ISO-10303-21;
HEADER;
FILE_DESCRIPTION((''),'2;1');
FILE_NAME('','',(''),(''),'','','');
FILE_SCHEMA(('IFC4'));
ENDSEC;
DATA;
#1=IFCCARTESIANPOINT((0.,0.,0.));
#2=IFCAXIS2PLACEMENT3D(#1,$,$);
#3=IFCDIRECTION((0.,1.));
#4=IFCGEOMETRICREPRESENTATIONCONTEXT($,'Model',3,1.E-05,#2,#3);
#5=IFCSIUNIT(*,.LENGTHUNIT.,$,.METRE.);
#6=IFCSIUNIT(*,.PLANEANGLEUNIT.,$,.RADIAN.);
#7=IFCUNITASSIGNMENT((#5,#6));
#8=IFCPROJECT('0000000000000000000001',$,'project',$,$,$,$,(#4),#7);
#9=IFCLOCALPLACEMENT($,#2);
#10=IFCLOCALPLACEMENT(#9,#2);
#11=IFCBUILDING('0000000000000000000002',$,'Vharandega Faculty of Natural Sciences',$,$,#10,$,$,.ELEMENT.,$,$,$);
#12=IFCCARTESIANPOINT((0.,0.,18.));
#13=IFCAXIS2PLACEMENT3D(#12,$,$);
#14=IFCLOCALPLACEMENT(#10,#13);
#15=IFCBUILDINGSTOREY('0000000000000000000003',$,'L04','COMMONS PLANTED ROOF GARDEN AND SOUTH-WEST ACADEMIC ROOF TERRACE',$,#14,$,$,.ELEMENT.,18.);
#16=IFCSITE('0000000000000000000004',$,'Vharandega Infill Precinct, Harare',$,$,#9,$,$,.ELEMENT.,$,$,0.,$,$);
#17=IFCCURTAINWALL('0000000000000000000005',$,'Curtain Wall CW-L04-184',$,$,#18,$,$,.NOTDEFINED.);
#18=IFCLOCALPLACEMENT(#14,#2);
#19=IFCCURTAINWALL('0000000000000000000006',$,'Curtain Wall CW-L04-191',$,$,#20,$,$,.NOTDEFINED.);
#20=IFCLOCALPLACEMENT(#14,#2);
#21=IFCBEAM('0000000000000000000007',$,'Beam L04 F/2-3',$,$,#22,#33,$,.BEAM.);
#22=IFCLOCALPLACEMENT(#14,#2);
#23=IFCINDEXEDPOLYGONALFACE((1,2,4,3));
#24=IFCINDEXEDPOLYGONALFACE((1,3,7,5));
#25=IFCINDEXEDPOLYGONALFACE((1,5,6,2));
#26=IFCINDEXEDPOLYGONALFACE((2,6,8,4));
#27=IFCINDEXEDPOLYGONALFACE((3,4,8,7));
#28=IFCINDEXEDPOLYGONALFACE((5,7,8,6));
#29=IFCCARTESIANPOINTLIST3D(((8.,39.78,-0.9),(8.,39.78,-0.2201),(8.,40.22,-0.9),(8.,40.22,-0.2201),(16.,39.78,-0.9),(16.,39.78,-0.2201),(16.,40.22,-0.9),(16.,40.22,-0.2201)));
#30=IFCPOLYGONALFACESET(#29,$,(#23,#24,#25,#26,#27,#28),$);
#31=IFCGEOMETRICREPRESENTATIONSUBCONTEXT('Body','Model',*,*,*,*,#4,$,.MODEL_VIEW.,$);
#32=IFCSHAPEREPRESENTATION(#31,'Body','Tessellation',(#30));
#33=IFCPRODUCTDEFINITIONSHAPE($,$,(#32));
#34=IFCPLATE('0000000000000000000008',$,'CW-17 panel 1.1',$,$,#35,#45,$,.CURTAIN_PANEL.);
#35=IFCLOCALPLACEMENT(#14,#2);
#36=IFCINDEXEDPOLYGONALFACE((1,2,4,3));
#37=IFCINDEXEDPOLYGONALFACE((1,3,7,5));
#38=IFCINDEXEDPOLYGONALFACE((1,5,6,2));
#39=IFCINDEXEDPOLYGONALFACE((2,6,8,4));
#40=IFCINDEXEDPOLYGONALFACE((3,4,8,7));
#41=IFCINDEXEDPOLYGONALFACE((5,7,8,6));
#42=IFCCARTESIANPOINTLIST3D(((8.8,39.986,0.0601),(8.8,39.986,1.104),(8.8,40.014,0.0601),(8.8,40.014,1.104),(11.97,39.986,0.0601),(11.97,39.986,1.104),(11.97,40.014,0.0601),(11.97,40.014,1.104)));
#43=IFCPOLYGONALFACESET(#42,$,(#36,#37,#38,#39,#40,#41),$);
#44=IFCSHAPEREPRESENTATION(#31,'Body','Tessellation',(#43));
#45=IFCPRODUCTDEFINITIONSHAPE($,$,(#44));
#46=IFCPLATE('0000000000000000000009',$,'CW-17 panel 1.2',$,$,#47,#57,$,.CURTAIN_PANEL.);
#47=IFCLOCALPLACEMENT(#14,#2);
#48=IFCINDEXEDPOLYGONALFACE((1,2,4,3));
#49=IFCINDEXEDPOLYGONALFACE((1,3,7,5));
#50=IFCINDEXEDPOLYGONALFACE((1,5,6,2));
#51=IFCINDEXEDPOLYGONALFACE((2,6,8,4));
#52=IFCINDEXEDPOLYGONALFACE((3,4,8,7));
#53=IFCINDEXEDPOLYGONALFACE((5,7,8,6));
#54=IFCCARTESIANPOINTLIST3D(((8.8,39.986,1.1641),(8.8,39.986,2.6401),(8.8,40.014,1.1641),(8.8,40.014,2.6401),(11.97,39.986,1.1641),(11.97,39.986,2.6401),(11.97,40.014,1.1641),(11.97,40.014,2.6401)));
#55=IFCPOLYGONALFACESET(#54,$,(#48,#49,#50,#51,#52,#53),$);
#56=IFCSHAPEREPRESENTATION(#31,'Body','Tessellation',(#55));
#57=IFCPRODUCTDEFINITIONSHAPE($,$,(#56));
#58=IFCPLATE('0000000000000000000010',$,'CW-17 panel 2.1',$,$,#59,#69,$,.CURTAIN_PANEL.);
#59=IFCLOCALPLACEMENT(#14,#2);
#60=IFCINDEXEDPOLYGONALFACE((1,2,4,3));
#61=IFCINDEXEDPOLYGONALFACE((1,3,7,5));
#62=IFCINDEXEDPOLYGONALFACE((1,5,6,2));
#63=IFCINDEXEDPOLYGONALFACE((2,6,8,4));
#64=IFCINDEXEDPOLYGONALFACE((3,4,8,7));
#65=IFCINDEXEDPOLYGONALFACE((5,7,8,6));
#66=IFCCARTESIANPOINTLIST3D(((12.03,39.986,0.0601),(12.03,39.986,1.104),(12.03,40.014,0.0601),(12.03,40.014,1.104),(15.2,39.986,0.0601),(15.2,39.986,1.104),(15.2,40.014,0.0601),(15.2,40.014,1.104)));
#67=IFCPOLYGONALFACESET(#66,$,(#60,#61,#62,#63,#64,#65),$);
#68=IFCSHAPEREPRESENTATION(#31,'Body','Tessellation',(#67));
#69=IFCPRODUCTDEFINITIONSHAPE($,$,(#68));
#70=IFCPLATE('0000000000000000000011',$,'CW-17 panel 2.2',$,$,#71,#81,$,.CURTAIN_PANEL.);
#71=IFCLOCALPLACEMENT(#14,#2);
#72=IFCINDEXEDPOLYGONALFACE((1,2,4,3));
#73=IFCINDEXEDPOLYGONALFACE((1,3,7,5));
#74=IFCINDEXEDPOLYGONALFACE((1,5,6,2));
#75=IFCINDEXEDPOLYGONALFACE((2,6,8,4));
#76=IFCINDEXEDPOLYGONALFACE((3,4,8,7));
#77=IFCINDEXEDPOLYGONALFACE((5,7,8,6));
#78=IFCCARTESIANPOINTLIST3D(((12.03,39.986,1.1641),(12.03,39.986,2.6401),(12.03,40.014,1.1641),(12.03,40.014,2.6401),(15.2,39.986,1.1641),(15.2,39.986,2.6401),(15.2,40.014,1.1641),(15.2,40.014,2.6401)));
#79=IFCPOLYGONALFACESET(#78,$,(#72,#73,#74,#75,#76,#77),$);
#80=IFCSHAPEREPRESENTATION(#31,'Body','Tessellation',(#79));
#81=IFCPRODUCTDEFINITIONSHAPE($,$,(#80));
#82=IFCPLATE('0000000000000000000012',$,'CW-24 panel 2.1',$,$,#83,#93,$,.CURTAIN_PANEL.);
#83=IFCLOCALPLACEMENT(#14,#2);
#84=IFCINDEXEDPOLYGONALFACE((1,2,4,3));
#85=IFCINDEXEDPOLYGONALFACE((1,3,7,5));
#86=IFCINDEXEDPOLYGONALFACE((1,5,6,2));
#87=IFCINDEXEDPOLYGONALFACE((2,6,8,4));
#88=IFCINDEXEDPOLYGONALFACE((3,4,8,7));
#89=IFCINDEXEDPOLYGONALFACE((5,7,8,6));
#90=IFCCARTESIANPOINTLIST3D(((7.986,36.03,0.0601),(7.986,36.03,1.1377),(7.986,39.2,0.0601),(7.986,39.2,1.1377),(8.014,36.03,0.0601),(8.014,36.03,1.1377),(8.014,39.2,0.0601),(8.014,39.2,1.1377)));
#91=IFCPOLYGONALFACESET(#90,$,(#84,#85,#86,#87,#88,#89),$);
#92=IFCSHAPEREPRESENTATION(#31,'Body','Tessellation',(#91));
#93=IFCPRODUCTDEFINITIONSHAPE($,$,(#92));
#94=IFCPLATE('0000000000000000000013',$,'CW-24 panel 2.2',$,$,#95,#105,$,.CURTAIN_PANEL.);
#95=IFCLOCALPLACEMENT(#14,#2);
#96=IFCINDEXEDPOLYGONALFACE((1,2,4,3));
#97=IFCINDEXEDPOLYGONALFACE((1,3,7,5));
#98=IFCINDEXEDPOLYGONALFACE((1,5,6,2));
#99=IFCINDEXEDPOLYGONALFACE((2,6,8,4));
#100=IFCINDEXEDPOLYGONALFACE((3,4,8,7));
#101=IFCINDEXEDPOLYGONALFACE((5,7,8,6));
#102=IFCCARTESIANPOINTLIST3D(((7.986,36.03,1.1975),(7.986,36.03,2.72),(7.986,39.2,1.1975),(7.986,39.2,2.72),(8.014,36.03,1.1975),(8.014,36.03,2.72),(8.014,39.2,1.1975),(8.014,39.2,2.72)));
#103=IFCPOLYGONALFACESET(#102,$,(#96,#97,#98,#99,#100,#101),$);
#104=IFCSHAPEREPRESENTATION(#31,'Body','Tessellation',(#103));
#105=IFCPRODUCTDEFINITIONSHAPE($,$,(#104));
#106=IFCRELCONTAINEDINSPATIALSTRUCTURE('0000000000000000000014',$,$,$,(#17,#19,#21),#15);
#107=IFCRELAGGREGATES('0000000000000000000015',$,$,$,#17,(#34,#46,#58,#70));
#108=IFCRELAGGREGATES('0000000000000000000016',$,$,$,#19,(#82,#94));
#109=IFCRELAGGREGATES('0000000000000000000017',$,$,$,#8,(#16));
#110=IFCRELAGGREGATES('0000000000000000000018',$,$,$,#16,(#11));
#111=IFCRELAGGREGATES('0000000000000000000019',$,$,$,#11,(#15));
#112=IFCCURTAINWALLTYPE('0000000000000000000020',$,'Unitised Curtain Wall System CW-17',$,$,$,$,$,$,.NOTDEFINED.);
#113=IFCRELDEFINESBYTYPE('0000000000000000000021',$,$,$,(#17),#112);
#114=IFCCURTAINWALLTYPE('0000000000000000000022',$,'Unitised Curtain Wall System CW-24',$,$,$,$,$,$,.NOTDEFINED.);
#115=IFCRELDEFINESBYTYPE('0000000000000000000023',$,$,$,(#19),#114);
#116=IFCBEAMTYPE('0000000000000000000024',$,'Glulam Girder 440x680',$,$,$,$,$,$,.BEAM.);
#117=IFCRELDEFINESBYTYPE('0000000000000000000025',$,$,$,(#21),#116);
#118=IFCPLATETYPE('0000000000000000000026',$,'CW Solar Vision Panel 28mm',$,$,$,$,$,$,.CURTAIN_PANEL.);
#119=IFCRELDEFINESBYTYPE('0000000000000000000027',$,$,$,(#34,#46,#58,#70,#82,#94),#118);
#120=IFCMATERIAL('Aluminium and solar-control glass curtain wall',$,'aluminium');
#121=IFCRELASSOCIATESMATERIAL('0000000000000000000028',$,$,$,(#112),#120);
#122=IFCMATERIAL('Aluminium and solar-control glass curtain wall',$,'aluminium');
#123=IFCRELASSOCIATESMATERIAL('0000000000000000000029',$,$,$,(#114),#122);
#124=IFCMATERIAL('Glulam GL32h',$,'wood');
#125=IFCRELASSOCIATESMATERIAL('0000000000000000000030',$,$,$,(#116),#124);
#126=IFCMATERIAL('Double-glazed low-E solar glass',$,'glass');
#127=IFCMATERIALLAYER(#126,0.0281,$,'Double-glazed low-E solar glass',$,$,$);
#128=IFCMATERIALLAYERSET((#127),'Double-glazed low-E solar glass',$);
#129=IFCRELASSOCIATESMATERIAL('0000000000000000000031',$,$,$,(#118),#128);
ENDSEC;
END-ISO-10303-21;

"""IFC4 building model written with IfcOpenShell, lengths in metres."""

from ifc_helpers import new_model, si_unit, direction, frame, origin, origin_2d, place, context, subcontext, project, spatial, rectangle, extrude, material, layer, layer_set, material_profile, profile_set, type_object, element, aggregate, save


model = new_model("IFC4")

# Units and contexts
model_context = context("Model", 3, precision=1e-05, world=origin(), true_north=direction((0.0, 1.0)))
body_context = subcontext(model_context, "Body", "Model", "MODEL_VIEW")
ifc_project = project(units=[si_unit("LENGTHUNIT", "METRE"), si_unit("PLANEANGLEUNIT", "RADIAN")], contexts=[model_context])

# Site, building, storey
site_placement = place(None, origin())
site = spatial("IfcSite", under=ifc_project, at=site_placement, Name="Vharandega Infill Precinct, Harare", CompositionType="ELEMENT", RefElevation=0.0)
building_placement = place(site_placement, origin())
building = spatial("IfcBuilding", under=site, at=building_placement, Name="Vharandega Faculty of Natural Sciences", CompositionType="ELEMENT")
storey_placement = place(building_placement, frame((0.0, 0.0, 18.0)))
storey = spatial("IfcBuildingStorey", under=building, at=storey_placement, Name="L04", Description="COMMONS PLANTED ROOF GARDEN AND SOUTH-WEST ACADEMIC ROOF TERRACE", CompositionType="ELEMENT", Elevation=18.0)

# Curtain wall
ifc_material_1 = material(Name="Aluminium and solar-control glass curtain wall", Category="aluminium")
curtain_wall_type_1 = type_object("IfcCurtainWallType", Name="Unitised Curtain Wall System CW-17", PredefinedType="NOTDEFINED", material=ifc_material_1)
curtain_wall_1_placement = place(storey_placement, origin())
curtain_wall_1 = element("IfcCurtainWall", 1, at=curtain_wall_1_placement, inside=storey, type_object=curtain_wall_type_1, Name="Curtain Wall CW-L04-184", PredefinedType="NOTDEFINED")

# Curtain wall
ifc_material_2 = material(Name="Aluminium and solar-control glass curtain wall", Category="aluminium")
curtain_wall_type_2 = type_object("IfcCurtainWallType", Name="Unitised Curtain Wall System CW-24", PredefinedType="NOTDEFINED", material=ifc_material_2)
curtain_wall_2_placement = place(storey_placement, origin())
curtain_wall_2 = element("IfcCurtainWall", 2, at=curtain_wall_2_placement, inside=storey, type_object=curtain_wall_type_2, Name="Curtain Wall CW-L04-191", PredefinedType="NOTDEFINED")

# Beam
ifc_material_3 = material(Name="Glulam GL32h", Category="wood")
ifc_material_profile_1 = material_profile(ifc_material_3, rectangle(XDim=0.4399, YDim=0.6799, at=origin_2d()), Name="GL32h 440x680")
ifc_profile_set_1 = profile_set([ifc_material_profile_1], Name="Glulam GL32h")
beam_type_1 = type_object("IfcBeamType", Name="Glulam Girder 440x680", PredefinedType="BEAM", material=ifc_profile_set_1)
beam_1_placement = place(storey_placement, frame((8.0, 40.0, -0.5601), z_axis=(1.0, 0.0, 0.0), x_axis=(0.0, 1.0, 0.0)))
element("IfcBeam", 3, at=beam_1_placement, inside=storey, type_object=beam_type_1, Name="Beam L04 F/2-3", PredefinedType="BEAM", context=body_context, shape_type="SweptSolid", body=[
    extrude(rectangle(XDim=0.4399, YDim=0.6799, at=origin_2d()), origin(), (0.0, 0.0, 1.0), 8.0),
])

# Plates
ifc_material_4 = material(Name="Double-glazed low-E solar glass", Category="glass")
ifc_layer = layer(ifc_material_4, 0.0281, Name="Double-glazed low-E solar glass")
ifc_layer_set = layer_set([ifc_layer], Name="Double-glazed low-E solar glass")
plate_type = type_object("IfcPlateType", Name="CW Solar Vision Panel 28mm", PredefinedType="CURTAIN_PANEL", material=ifc_layer_set)
plate_1_placement = place(storey_placement, frame((10.385, 40.0, 0.0601), z_axis=(0.0, 0.0, 1.0), x_axis=(1.0, 0.0, 0.0)))
plate_1 = element("IfcPlate", 4, at=plate_1_placement, type_object=plate_type, Name="CW-17 panel 1.1", PredefinedType="CURTAIN_PANEL", context=body_context, shape_type="SweptSolid", body=[
    extrude(rectangle(XDim=3.1699, YDim=0.0281, at=origin_2d()), origin(), (0.0, 0.0, 1.0), 1.0439),
])
plate_2_placement = place(storey_placement, frame((10.385, 40.0, 1.1641), z_axis=(0.0, 0.0, 1.0), x_axis=(1.0, 0.0, 0.0)))
plate_2 = element("IfcPlate", 5, at=plate_2_placement, type_object=plate_type, Name="CW-17 panel 1.2", PredefinedType="CURTAIN_PANEL", context=body_context, shape_type="SweptSolid", body=[
    extrude(rectangle(XDim=3.1699, YDim=0.0281, at=origin_2d()), origin(), (0.0, 0.0, 1.0), 1.4761),
])
plate_3_placement = place(storey_placement, frame((13.615, 40.0, 0.0601), z_axis=(0.0, 0.0, 1.0), x_axis=(1.0, 0.0, 0.0)))
plate_3 = element("IfcPlate", 6, at=plate_3_placement, type_object=plate_type, Name="CW-17 panel 2.1", PredefinedType="CURTAIN_PANEL", context=body_context, shape_type="SweptSolid", body=[
    extrude(rectangle(XDim=3.1699, YDim=0.0281, at=origin_2d()), origin(), (0.0, 0.0, 1.0), 1.0439),
])
plate_4_placement = place(storey_placement, frame((13.615, 40.0, 1.1641), z_axis=(0.0, 0.0, 1.0), x_axis=(1.0, 0.0, 0.0)))
plate_4 = element("IfcPlate", 7, at=plate_4_placement, type_object=plate_type, Name="CW-17 panel 2.2", PredefinedType="CURTAIN_PANEL", context=body_context, shape_type="SweptSolid", body=[
    extrude(rectangle(XDim=3.1699, YDim=0.0281, at=origin_2d()), origin(), (0.0, 0.0, 1.0), 1.4761),
])
aggregate(curtain_wall_1, [plate_1, plate_2, plate_3, plate_4])
plate_5_placement = place(storey_placement, frame((8.0, 37.615, 0.0601), z_axis=(0.0, 0.0, 1.0), x_axis=(0.0, 1.0, 0.0)))
plate_5 = element("IfcPlate", 8, at=plate_5_placement, type_object=plate_type, Name="CW-24 panel 2.1", PredefinedType="CURTAIN_PANEL", context=body_context, shape_type="SweptSolid", body=[
    extrude(rectangle(XDim=3.1699, YDim=0.0281, at=origin_2d()), origin(), (0.0, 0.0, 1.0), 1.0776),
])
plate_6_placement = place(storey_placement, frame((8.0, 37.615, 1.1975), z_axis=(0.0, 0.0, 1.0), x_axis=(0.0, 1.0, 0.0)))
plate_6 = element("IfcPlate", 9, at=plate_6_placement, type_object=plate_type, Name="CW-24 panel 2.2", PredefinedType="CURTAIN_PANEL", context=body_context, shape_type="SweptSolid", body=[
    extrude(rectangle(XDim=3.1699, YDim=0.0281, at=origin_2d()), origin(), (0.0, 0.0, 1.0), 1.5225),
])
aggregate(curtain_wall_2, [plate_5, plate_6])

save(model, "model.ifc")
